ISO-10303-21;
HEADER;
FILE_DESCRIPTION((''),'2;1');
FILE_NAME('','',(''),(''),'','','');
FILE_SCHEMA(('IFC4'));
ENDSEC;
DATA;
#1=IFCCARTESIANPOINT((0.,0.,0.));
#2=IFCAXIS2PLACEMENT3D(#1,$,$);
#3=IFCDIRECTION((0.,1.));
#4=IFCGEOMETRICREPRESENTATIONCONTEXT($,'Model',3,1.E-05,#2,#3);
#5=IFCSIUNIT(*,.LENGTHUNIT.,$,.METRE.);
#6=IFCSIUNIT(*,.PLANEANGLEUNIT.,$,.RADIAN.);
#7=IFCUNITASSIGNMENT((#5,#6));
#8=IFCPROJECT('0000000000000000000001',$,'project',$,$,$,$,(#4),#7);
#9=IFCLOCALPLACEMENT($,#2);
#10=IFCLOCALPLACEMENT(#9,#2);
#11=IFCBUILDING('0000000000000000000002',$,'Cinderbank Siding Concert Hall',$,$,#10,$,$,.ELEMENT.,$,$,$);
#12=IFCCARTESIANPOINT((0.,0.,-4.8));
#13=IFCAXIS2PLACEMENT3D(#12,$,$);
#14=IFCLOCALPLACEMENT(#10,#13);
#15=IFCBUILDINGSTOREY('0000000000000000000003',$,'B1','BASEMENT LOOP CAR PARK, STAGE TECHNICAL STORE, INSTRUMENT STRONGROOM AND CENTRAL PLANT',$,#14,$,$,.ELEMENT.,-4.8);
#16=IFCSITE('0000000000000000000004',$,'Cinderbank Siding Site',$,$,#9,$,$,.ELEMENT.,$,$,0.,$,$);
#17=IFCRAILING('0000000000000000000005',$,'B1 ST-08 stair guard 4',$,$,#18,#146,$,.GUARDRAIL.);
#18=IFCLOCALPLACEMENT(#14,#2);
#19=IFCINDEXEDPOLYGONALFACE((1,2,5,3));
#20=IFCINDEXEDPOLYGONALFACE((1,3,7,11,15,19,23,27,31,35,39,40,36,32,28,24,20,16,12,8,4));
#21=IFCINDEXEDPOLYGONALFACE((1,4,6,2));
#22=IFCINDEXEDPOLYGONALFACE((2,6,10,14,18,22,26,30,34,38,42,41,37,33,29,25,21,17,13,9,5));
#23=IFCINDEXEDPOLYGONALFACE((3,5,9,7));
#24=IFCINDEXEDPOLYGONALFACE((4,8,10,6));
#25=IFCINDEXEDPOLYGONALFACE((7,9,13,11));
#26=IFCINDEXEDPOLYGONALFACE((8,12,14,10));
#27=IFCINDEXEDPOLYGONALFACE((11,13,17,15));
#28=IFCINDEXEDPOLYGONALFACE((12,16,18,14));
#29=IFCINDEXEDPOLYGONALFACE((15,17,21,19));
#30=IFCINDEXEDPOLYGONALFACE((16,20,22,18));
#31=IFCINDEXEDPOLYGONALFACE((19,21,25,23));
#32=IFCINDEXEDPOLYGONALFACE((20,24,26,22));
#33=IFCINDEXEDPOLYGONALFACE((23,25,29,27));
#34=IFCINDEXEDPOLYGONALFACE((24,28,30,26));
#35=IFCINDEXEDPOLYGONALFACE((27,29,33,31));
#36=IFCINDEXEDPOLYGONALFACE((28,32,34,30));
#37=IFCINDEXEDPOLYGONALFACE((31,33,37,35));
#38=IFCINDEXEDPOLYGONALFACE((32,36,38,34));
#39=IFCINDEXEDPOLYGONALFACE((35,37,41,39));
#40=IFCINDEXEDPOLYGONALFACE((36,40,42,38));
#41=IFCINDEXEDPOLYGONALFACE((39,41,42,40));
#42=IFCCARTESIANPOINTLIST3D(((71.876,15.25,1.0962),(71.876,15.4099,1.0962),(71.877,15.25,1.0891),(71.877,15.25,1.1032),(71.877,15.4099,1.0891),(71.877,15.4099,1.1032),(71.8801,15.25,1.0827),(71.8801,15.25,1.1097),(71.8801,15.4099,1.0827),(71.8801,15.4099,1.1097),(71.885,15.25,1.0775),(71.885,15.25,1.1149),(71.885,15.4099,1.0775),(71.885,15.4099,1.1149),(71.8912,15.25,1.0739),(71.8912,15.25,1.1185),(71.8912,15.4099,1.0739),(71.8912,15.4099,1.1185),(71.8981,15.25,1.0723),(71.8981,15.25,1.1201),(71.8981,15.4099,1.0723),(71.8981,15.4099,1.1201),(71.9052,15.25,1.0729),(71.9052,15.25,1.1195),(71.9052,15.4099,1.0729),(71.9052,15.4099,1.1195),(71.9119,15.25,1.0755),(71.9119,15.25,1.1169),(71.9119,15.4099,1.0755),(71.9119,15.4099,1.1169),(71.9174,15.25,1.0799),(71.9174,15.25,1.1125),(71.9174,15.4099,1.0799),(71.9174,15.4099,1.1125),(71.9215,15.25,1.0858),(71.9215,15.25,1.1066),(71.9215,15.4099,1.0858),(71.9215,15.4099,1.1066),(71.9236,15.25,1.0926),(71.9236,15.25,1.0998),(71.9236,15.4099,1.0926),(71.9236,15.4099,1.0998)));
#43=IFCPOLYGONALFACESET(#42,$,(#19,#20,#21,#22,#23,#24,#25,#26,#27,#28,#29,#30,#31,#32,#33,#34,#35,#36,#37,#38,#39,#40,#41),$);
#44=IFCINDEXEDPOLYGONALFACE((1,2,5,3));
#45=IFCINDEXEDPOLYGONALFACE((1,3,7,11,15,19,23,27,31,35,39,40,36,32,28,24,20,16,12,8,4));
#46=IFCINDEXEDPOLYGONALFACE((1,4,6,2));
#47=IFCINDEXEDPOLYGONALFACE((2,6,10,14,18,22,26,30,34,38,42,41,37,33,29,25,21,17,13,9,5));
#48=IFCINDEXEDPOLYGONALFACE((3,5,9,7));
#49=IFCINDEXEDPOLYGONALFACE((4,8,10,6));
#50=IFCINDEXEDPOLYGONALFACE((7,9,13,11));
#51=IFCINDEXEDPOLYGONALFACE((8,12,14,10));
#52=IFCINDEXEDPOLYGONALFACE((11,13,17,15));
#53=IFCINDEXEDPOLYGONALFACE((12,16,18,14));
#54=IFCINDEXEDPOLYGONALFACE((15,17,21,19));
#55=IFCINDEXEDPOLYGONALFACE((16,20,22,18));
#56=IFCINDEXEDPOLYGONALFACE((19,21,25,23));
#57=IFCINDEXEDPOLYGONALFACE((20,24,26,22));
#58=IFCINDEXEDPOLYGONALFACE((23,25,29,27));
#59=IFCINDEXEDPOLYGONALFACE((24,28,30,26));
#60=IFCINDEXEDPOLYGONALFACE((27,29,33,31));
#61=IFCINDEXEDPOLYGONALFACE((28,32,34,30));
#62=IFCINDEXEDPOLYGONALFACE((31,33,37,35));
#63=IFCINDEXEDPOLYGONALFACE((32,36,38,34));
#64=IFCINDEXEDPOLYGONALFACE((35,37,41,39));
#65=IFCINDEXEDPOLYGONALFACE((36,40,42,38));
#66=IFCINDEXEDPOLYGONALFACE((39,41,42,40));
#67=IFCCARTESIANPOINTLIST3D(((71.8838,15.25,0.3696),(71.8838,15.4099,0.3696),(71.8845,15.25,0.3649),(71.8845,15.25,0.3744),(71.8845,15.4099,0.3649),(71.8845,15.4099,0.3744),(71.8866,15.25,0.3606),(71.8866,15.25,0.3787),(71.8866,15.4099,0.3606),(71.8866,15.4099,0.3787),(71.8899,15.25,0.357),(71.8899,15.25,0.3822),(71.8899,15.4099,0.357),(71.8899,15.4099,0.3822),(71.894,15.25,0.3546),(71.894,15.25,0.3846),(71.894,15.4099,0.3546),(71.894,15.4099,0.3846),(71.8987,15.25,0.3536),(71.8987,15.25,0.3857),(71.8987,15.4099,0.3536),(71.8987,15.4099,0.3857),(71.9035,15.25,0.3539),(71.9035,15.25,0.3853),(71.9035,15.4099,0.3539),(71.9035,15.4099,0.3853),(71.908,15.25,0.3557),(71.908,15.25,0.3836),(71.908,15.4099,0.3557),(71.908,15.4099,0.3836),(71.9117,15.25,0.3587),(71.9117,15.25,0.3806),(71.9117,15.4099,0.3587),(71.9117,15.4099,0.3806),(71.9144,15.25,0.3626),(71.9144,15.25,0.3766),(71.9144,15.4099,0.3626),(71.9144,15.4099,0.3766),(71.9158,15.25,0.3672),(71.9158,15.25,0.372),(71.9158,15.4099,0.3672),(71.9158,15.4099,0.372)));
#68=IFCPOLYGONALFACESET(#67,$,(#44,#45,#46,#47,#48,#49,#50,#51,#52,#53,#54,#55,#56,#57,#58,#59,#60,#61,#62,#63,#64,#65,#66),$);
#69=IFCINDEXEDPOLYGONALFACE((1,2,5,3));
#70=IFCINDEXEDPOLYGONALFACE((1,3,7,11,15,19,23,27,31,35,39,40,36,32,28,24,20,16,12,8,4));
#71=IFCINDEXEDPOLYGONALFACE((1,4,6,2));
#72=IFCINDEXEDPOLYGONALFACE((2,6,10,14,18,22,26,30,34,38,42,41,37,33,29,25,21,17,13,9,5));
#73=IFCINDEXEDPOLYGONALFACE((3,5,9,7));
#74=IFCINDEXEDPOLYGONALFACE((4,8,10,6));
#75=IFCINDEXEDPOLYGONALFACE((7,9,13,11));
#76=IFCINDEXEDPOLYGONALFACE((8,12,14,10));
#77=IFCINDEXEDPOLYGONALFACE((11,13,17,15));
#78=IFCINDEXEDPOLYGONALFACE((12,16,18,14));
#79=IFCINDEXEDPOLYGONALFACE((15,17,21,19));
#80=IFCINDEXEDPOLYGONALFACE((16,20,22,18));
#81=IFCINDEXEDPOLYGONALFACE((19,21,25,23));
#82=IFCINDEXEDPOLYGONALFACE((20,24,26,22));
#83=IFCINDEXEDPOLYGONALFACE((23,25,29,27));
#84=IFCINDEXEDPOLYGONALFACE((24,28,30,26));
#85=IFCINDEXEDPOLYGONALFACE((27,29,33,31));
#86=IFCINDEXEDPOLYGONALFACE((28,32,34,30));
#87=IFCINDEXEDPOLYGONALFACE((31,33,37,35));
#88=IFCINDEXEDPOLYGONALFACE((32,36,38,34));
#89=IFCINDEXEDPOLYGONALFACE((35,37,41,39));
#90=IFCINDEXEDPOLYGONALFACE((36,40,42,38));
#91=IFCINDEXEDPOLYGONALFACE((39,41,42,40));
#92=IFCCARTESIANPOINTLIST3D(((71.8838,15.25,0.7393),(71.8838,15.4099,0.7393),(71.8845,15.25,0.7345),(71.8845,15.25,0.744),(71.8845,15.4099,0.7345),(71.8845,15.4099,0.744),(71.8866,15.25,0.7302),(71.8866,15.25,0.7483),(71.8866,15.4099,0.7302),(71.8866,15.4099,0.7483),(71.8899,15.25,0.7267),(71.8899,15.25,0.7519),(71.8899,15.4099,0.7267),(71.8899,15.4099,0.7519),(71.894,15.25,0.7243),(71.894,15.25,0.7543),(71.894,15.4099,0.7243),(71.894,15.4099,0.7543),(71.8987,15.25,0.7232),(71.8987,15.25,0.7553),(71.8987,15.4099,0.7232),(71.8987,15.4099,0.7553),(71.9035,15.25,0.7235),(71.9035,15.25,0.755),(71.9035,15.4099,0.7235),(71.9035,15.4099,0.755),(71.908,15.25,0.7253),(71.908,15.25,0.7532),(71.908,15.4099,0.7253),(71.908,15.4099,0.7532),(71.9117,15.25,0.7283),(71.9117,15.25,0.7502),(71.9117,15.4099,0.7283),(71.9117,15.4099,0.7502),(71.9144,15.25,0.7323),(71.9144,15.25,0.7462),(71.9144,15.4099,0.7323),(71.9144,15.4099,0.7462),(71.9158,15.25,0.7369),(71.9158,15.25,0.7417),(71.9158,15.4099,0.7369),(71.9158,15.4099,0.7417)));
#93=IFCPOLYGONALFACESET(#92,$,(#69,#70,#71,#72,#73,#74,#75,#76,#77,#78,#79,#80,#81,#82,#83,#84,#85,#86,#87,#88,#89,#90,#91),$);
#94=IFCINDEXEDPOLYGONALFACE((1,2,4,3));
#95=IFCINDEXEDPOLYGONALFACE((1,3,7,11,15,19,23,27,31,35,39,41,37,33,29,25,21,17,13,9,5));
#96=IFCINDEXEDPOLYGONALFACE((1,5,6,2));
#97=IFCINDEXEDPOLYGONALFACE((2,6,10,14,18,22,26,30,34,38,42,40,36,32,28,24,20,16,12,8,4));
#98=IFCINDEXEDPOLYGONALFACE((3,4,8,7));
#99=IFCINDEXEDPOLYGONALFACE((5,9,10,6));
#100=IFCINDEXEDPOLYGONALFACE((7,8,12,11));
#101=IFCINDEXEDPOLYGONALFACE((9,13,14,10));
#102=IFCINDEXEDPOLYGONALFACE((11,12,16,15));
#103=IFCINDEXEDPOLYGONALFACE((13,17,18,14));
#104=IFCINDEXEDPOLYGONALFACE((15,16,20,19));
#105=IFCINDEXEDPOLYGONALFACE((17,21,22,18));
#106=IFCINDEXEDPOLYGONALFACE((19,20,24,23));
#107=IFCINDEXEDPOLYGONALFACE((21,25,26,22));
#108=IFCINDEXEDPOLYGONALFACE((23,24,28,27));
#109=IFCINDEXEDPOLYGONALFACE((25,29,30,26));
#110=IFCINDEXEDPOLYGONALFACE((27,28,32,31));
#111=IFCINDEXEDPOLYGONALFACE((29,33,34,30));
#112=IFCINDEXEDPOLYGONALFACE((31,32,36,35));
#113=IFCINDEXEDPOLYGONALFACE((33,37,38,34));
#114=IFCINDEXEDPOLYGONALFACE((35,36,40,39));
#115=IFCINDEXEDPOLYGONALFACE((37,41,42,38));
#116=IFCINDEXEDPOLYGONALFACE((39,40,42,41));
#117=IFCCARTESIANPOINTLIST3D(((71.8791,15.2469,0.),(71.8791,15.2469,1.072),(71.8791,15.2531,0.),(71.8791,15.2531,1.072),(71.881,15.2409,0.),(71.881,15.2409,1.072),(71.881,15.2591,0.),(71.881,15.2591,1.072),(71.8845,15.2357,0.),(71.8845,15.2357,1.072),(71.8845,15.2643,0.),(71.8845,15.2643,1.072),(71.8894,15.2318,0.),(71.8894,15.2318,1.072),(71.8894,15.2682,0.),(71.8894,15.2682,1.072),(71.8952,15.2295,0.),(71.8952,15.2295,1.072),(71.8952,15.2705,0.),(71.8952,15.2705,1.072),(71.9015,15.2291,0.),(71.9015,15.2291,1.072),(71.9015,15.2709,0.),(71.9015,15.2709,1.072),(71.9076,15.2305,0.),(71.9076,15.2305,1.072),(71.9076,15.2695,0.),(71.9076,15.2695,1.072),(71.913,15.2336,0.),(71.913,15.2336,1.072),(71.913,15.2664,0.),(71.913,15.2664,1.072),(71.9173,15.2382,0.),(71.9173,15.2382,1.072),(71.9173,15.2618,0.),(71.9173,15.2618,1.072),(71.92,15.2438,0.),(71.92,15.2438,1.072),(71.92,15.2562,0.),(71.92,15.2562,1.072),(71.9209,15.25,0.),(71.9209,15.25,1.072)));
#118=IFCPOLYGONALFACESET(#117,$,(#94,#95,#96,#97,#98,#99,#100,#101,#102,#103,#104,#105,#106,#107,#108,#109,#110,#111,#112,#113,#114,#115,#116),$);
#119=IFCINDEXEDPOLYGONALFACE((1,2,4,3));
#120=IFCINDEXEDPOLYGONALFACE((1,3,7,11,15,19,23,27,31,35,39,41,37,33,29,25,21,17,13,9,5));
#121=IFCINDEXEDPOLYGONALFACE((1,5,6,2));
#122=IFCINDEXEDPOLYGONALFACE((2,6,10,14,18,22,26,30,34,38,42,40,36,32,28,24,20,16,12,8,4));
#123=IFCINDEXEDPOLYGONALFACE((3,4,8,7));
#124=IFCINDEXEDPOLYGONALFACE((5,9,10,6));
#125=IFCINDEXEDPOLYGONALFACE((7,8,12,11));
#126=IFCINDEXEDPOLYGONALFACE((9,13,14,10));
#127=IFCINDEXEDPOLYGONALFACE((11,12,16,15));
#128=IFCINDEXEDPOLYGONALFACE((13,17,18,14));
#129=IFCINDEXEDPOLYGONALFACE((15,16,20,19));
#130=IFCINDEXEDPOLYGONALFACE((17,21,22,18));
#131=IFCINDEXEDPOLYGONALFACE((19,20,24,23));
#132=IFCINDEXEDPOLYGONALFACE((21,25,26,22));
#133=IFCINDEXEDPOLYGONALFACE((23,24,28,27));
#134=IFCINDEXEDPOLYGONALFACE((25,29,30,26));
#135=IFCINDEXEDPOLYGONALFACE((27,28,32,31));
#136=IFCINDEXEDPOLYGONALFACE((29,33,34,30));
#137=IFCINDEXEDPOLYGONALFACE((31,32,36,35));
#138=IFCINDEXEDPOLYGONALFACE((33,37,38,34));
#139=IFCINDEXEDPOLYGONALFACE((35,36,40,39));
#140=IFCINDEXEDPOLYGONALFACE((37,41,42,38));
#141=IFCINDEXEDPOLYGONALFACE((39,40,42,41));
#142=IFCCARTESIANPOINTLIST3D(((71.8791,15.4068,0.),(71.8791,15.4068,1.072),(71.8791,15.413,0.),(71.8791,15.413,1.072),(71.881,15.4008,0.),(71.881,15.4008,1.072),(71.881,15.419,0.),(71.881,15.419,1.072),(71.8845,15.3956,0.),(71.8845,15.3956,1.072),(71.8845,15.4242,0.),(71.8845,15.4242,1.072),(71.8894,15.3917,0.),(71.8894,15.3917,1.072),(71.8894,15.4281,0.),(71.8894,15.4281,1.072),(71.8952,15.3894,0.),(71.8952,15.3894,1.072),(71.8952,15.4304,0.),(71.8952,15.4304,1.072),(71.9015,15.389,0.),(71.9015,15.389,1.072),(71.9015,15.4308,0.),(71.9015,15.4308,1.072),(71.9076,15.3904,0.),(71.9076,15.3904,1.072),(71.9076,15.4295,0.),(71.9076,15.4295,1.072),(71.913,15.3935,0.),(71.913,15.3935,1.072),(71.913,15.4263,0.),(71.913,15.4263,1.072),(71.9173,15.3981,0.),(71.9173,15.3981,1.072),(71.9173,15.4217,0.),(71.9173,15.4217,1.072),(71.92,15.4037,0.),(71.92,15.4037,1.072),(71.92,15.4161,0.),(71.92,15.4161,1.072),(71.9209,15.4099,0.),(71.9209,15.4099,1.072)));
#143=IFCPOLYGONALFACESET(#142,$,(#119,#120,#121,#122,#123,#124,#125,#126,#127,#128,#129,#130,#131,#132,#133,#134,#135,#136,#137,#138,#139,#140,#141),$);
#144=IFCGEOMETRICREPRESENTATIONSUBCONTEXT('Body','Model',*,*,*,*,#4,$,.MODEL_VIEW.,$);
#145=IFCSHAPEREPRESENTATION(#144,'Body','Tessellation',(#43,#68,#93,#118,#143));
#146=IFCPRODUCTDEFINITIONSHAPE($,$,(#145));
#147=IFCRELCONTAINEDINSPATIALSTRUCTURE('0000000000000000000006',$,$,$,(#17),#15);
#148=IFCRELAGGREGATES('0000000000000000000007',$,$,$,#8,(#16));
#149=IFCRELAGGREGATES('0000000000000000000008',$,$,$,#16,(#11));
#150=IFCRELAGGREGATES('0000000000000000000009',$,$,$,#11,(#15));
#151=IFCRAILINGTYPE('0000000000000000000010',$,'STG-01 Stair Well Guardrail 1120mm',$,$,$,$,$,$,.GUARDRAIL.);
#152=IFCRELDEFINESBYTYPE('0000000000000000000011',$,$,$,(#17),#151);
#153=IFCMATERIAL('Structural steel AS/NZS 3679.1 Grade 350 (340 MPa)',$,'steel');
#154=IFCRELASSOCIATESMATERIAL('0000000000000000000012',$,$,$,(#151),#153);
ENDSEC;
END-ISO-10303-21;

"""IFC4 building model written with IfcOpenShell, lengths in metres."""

from ifc_helpers import new_model, si_unit, direction, frame, origin, origin_2d, place, context, subcontext, project, spatial, circle, extrude, material, type_object, element, save


model = new_model("IFC4")

# Units and contexts
model_context = context("Model", 3, precision=1e-05, world=origin(), true_north=direction((0.0, 1.0)))
body_context = subcontext(model_context, "Body", "Model", "MODEL_VIEW")
ifc_project = project(units=[si_unit("LENGTHUNIT", "METRE"), si_unit("PLANEANGLEUNIT", "RADIAN")], contexts=[model_context])

# Site, building, storey
site_placement = place(None, origin())
site = spatial("IfcSite", under=ifc_project, at=site_placement, Name="Cinderbank Siding Site", CompositionType="ELEMENT", RefElevation=0.0)
building_placement = place(site_placement, origin())
building = spatial("IfcBuilding", under=site, at=building_placement, Name="Cinderbank Siding Concert Hall", CompositionType="ELEMENT")
storey_placement = place(building_placement, frame((0.0, 0.0, -4.8)))
storey = spatial("IfcBuildingStorey", under=building, at=storey_placement, Name="B1", Description="BASEMENT LOOP CAR PARK, STAGE TECHNICAL STORE, INSTRUMENT STRONGROOM AND CENTRAL PLANT", CompositionType="ELEMENT", Elevation=-4.8)

# Railing
ifc_material_1 = material(Name="Structural steel AS/NZS 3679.1 Grade 350 (340 MPa)", Category="steel")
railing_type_1 = type_object("IfcRailingType", Name="STG-01 Stair Well Guardrail 1120mm", PredefinedType="GUARDRAIL", material=ifc_material_1)
railing_1_placement = place(storey_placement, frame((71.8999, 15.25, 0.0)))
element("IfcRailing", 1, at=railing_1_placement, inside=storey, type_object=railing_type_1, Name="B1 ST-08 stair guard 4", PredefinedType="GUARDRAIL", context=body_context, shape_type="SweptSolid", body=[
    extrude(circle(Radius=0.0239, at=origin_2d()), frame((0.0, 0.0, 1.0962), z_axis=(0.0, 1.0, 0.0), x_axis=(-1.0, 0.0, 0.0)), (0.0, 0.0, 1.0), 0.1599),
    extrude(circle(Radius=0.0161, at=origin_2d()), frame((0.0, 0.0, 0.3696), z_axis=(0.0, 1.0, 0.0), x_axis=(-1.0, 0.0, 0.0)), (0.0, 0.0, 1.0), 0.1599),
    extrude(circle(Radius=0.0161, at=origin_2d()), frame((0.0, 0.0, 0.7393), z_axis=(0.0, 1.0, 0.0), x_axis=(-1.0, 0.0, 0.0)), (0.0, 0.0, 1.0), 0.1599),
    extrude(circle(Radius=0.021, at=origin_2d()), origin(), (0.0, 0.0, 1.0), 1.072),
    extrude(circle(Radius=0.021, at=origin_2d()), frame((0.0, 0.1599, 0.0)), (0.0, 0.0, 1.0), 1.072),
])

save(model, "model.ifc")
